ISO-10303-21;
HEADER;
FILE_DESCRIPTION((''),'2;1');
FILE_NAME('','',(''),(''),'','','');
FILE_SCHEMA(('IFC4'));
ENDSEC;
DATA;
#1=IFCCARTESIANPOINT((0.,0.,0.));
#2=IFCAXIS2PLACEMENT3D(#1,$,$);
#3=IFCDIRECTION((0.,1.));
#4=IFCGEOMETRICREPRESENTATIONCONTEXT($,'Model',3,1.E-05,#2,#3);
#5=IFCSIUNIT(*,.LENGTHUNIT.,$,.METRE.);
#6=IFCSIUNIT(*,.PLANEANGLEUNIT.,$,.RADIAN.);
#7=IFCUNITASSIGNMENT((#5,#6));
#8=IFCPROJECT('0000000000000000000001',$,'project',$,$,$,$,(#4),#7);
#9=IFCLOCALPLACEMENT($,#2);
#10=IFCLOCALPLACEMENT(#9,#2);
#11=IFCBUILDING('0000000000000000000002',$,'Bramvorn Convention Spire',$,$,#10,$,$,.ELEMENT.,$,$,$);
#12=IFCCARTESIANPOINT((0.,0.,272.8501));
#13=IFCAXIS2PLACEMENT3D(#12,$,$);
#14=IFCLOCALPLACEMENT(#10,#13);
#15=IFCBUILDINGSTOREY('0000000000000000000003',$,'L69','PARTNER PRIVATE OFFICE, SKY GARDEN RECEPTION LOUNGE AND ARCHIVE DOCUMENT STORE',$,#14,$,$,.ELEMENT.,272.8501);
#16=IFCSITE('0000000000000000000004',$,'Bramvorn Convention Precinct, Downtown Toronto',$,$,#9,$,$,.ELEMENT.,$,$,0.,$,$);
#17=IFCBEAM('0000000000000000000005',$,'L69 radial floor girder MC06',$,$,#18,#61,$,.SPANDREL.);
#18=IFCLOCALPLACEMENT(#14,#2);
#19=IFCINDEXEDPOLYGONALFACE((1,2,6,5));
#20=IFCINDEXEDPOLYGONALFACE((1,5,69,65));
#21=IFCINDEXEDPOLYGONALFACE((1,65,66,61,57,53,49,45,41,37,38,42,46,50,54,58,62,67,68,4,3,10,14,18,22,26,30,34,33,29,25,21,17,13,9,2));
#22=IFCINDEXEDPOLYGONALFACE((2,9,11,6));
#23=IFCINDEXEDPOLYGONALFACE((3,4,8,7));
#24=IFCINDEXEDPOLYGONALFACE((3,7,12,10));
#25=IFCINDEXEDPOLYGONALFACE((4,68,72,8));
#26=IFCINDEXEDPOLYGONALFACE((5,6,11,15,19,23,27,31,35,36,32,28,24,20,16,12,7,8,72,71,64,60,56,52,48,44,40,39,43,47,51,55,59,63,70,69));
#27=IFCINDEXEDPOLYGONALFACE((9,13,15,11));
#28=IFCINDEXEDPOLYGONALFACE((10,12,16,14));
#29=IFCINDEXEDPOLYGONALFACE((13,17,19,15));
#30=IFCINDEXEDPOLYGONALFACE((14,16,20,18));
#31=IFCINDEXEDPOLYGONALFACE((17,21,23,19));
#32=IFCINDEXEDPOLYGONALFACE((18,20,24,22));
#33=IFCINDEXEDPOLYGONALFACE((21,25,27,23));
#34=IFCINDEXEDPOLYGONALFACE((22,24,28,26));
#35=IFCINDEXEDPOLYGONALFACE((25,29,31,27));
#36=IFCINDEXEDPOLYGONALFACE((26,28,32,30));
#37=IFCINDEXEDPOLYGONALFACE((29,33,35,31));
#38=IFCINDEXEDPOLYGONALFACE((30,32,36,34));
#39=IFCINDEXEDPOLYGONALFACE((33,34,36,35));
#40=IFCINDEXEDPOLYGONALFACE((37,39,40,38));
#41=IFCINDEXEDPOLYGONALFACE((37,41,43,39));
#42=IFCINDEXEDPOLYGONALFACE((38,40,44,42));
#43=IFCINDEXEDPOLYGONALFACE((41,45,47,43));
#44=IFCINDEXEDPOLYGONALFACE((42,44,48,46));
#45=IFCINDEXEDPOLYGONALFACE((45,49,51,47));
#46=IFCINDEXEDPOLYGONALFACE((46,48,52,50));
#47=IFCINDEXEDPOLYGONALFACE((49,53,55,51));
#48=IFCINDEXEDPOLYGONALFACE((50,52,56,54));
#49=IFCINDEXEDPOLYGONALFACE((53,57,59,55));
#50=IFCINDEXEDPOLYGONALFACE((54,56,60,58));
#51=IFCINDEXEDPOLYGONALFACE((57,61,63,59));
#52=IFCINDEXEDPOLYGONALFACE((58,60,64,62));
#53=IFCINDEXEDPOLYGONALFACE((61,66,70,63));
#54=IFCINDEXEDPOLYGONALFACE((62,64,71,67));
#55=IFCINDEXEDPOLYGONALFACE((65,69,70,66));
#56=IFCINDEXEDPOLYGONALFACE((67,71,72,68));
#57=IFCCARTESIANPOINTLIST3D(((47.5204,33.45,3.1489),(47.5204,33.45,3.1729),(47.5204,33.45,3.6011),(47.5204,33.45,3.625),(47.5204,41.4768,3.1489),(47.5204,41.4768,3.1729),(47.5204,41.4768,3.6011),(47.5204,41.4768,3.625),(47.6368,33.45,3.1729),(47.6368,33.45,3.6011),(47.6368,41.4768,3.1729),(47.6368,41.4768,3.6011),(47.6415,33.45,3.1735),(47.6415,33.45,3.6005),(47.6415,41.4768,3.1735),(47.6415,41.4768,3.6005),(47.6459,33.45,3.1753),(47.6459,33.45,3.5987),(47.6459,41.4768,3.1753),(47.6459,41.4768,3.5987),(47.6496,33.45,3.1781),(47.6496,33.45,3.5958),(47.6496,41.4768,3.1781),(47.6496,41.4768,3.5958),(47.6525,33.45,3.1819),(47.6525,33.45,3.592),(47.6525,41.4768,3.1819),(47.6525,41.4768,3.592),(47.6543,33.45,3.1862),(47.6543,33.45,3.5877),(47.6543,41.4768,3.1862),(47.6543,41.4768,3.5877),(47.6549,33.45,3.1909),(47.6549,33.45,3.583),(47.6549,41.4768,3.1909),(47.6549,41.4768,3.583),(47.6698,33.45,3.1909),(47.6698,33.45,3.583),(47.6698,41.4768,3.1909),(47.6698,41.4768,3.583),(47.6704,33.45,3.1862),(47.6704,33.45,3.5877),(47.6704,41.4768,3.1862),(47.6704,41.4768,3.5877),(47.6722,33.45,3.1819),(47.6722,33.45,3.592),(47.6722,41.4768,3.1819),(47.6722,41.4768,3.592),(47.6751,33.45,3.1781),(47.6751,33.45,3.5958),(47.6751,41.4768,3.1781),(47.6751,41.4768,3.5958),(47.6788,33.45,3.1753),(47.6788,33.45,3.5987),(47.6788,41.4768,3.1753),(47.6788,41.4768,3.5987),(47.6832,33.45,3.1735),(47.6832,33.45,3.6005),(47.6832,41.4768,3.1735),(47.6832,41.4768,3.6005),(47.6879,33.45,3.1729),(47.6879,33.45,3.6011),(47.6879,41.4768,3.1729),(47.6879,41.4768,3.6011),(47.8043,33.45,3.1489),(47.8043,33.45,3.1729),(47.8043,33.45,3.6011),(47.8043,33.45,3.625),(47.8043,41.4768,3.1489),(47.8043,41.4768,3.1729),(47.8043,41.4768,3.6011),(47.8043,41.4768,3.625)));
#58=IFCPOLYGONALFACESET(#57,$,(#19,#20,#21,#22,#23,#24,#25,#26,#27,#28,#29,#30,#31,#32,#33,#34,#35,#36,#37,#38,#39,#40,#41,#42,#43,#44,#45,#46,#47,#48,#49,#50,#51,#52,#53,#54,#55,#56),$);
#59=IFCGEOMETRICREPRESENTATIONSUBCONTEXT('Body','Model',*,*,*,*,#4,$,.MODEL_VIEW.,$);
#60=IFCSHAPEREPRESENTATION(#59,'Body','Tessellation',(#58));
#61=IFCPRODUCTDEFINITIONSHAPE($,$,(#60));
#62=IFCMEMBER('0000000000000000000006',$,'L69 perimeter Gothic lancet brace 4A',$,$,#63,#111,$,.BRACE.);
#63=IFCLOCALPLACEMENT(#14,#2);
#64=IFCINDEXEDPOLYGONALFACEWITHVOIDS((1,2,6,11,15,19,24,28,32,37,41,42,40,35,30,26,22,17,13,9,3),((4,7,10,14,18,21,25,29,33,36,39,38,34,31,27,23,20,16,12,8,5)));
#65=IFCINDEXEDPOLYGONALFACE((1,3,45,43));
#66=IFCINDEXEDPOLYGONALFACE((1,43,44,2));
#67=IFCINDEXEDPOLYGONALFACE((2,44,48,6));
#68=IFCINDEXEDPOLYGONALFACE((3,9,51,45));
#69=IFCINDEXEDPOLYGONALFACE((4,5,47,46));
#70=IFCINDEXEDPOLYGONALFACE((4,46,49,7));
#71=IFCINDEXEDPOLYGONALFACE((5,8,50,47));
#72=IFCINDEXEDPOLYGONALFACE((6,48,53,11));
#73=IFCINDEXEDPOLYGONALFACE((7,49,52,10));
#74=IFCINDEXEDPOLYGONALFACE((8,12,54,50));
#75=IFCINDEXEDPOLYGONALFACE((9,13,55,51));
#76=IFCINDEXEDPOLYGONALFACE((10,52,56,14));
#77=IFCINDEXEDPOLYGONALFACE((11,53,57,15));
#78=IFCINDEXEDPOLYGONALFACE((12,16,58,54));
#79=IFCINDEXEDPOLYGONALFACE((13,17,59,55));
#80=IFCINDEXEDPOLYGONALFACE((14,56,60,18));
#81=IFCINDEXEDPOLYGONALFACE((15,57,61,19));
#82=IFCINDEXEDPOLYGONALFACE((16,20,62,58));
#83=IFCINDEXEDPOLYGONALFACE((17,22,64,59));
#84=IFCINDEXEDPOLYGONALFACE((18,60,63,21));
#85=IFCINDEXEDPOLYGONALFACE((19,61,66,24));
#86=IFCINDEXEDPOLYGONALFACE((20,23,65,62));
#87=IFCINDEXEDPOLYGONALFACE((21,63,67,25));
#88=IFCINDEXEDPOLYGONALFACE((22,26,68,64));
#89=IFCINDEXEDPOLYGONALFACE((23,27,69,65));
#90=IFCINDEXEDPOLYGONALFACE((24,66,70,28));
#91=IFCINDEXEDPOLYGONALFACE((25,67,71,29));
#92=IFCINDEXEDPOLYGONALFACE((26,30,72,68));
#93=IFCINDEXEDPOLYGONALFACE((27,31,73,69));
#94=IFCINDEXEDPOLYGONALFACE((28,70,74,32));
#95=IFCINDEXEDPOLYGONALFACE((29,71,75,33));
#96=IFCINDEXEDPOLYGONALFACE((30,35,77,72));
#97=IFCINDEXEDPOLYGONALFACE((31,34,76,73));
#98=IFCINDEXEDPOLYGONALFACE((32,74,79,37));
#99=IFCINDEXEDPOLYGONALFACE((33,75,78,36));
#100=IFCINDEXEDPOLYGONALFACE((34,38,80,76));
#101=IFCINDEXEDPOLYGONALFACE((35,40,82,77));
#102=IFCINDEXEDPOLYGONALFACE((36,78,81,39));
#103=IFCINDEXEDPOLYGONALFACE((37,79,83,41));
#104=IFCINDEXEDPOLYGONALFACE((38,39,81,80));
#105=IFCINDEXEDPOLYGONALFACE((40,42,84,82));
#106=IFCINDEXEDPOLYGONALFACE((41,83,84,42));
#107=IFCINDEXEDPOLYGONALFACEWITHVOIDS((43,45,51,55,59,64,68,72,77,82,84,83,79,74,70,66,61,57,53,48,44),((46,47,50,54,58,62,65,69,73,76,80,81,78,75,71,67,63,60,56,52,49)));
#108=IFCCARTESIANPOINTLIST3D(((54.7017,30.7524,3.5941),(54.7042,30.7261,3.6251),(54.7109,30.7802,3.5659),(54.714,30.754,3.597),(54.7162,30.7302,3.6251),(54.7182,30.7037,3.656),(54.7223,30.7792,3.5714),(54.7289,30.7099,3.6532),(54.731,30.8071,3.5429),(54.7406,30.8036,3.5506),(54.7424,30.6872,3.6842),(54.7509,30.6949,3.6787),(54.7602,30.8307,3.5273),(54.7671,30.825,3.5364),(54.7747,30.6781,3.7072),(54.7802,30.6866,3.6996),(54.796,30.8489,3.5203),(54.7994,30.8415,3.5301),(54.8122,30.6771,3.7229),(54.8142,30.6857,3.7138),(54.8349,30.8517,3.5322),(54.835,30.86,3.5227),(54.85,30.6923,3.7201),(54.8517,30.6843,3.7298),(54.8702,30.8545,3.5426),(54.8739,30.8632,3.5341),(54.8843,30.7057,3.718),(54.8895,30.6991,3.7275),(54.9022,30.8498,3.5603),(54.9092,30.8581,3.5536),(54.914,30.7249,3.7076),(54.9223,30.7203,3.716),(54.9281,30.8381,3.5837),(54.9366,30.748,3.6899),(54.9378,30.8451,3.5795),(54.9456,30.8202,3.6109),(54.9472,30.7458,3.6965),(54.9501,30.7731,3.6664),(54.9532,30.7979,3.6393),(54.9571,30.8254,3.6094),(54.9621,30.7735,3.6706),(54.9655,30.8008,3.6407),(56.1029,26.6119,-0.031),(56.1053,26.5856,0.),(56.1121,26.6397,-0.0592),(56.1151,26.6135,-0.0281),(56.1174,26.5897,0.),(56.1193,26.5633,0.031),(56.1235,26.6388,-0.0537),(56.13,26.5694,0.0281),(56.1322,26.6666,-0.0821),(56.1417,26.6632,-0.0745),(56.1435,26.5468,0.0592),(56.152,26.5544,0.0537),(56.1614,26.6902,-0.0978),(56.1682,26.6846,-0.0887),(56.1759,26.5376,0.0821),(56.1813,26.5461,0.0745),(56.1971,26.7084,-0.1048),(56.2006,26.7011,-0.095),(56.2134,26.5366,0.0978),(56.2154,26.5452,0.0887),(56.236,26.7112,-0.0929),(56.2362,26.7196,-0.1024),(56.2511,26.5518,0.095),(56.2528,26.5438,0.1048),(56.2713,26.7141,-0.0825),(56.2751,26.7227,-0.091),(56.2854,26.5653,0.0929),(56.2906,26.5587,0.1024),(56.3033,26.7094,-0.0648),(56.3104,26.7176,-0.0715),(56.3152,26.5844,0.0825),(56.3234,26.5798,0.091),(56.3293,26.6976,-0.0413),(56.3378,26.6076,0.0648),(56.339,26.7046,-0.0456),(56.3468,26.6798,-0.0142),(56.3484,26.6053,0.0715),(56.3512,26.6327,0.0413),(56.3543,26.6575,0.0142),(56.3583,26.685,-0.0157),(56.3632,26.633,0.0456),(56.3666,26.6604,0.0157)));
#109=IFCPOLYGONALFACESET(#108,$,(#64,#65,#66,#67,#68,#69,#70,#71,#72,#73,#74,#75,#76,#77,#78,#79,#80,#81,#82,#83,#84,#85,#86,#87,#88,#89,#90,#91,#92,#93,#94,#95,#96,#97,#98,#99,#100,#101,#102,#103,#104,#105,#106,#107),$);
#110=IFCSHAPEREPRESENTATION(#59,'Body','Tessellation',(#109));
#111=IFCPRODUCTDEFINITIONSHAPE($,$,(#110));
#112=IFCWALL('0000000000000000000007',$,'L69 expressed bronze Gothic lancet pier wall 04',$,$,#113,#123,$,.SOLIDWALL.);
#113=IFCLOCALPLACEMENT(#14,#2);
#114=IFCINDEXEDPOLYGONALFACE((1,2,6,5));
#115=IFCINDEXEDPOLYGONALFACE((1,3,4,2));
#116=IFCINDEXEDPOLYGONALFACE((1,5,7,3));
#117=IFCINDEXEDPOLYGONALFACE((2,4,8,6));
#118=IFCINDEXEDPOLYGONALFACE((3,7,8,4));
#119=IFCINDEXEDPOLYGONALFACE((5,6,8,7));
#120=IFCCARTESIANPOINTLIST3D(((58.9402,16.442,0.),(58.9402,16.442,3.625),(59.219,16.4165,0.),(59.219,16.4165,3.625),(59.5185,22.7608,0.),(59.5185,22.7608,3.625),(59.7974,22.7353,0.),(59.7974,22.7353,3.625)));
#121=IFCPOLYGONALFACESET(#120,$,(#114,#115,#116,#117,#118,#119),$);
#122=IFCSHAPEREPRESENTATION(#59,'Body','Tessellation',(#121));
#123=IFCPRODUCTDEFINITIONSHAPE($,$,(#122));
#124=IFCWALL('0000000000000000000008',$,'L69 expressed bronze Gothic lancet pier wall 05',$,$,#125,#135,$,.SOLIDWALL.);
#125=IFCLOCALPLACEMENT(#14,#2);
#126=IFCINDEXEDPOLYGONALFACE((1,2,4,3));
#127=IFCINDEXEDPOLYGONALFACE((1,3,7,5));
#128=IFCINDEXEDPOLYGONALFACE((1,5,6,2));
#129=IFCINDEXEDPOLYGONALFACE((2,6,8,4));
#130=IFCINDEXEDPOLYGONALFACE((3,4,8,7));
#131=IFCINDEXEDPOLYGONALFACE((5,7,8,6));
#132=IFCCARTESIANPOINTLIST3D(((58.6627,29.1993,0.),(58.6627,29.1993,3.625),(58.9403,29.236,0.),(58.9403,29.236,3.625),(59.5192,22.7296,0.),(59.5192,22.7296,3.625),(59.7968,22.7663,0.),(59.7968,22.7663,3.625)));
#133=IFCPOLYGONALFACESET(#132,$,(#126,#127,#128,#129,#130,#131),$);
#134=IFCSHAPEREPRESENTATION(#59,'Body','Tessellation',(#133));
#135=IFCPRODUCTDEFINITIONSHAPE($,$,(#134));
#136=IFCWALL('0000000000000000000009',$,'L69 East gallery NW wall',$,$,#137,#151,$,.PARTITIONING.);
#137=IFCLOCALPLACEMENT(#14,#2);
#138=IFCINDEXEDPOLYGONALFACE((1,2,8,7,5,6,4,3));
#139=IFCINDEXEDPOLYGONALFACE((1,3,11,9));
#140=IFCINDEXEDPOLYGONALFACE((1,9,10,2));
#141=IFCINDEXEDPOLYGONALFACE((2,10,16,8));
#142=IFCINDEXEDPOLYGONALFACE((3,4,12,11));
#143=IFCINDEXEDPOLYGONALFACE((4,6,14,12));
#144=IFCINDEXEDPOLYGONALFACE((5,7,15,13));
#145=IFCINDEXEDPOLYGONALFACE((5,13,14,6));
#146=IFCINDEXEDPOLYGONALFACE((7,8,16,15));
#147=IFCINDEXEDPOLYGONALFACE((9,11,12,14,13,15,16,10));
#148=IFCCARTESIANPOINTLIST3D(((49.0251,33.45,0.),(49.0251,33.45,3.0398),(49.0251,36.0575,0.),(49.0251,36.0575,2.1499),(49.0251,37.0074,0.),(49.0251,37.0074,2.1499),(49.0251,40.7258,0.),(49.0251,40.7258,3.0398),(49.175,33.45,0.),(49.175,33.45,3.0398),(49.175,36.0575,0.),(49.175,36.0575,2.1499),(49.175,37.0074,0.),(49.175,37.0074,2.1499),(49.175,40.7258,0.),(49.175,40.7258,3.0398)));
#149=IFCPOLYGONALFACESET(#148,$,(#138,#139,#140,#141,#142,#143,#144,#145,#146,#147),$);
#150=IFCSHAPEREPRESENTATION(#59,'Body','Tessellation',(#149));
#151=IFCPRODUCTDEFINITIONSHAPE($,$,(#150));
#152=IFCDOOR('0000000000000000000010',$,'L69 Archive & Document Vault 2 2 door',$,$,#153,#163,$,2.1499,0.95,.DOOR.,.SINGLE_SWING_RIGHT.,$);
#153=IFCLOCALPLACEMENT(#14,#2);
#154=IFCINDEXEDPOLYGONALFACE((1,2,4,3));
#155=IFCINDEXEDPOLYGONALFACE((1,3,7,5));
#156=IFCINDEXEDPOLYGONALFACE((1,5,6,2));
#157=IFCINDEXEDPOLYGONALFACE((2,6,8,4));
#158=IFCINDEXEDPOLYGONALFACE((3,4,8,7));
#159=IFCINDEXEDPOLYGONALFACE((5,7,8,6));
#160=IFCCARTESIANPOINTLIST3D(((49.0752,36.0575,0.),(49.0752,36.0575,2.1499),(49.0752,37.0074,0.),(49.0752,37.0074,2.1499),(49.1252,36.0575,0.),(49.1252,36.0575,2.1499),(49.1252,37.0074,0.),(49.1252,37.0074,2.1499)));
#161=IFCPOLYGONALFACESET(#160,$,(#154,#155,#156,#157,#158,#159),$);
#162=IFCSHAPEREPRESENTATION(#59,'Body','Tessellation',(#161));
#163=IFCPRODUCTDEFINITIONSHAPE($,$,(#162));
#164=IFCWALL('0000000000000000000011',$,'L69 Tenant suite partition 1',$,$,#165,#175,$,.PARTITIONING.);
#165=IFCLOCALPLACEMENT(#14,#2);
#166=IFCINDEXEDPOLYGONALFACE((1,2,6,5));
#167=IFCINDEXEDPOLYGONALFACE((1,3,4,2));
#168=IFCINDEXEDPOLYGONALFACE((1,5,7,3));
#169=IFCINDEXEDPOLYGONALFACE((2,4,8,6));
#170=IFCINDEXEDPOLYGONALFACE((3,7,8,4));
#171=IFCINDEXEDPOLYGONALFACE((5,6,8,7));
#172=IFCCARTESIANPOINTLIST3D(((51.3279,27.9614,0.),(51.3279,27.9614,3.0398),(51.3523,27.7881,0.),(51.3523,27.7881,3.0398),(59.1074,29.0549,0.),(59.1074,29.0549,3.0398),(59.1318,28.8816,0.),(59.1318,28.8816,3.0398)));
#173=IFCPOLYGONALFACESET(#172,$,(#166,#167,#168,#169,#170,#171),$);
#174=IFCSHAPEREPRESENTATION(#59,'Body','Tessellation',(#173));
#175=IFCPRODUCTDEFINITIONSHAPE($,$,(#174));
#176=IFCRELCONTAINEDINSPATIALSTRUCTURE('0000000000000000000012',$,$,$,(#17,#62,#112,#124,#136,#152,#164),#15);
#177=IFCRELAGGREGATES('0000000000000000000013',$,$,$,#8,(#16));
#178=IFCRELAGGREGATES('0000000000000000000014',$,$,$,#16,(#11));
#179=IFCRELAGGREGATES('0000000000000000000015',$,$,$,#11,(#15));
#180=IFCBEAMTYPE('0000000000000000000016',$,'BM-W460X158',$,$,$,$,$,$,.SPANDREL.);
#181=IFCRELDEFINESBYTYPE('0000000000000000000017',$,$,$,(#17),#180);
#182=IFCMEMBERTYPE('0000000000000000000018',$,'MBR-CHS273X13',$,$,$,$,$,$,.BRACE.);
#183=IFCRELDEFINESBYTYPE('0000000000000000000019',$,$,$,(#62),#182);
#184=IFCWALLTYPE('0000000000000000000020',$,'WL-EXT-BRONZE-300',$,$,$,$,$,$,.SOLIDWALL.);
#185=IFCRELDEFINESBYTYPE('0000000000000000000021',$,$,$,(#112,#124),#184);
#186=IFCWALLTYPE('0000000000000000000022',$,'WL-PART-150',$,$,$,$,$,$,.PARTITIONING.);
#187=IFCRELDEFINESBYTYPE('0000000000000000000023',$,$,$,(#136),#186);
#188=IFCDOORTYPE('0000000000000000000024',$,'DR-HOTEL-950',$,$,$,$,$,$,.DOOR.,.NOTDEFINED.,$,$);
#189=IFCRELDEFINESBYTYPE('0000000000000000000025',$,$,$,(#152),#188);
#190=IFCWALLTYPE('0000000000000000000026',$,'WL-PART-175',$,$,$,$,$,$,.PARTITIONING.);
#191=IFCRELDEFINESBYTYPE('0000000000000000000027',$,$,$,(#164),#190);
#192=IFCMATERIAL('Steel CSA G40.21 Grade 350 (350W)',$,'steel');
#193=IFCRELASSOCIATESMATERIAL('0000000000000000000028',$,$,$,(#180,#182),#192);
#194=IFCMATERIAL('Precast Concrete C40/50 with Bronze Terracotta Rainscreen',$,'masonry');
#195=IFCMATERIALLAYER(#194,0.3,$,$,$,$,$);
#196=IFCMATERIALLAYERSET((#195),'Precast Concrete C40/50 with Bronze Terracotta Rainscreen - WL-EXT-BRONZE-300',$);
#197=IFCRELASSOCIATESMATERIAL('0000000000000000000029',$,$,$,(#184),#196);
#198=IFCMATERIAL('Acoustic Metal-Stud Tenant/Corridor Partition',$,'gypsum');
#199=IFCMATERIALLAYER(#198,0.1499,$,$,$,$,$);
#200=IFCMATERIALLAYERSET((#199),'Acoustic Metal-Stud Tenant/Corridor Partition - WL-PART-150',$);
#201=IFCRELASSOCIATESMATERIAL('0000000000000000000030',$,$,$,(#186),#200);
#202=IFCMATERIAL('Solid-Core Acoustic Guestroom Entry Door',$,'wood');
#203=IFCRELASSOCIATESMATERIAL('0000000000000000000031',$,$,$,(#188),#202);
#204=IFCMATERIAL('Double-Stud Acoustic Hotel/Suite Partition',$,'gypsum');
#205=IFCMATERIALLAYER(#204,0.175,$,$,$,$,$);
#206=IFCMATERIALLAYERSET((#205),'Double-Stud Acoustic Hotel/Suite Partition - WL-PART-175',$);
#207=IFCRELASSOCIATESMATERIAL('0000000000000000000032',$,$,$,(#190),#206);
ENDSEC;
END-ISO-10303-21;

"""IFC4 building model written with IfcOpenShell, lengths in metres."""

from ifc_helpers import new_model, si_unit, direction, frame, frame_2d, origin, origin_2d, place, context, subcontext, project, spatial, rectangle, hollow_circle, i_section, extrude, material, layer, layer_set, material_profile, profile_set, type_object, element, fill, save


model = new_model("IFC4")

# Units and contexts
model_context = context("Model", 3, precision=1e-05, world=origin(), true_north=direction((0.0, 1.0)))
body_context = subcontext(model_context, "Body", "Model", "MODEL_VIEW")
ifc_project = project(units=[si_unit("LENGTHUNIT", "METRE"), si_unit("PLANEANGLEUNIT", "RADIAN")], contexts=[model_context])

# Site, building, storey
site_placement = place(None, origin())
site = spatial("IfcSite", under=ifc_project, at=site_placement, Name="Bramvorn Convention Precinct, Downtown Toronto", CompositionType="ELEMENT", RefElevation=0.0)
building_placement = place(site_placement, origin())
building = spatial("IfcBuilding", under=site, at=building_placement, Name="Bramvorn Convention Spire", CompositionType="ELEMENT")
storey_placement = place(building_placement, frame((0.0, 0.0, 272.8501)))
storey = spatial("IfcBuildingStorey", under=building, at=storey_placement, Name="L69", Description="PARTNER PRIVATE OFFICE, SKY GARDEN RECEPTION LOUNGE AND ARCHIVE DOCUMENT STORE", CompositionType="ELEMENT", Elevation=272.8501)

# Shared definitions
ifc_material_1 = material(Name="Steel CSA G40.21 Grade 350 (350W)", Category="steel")

# Beam
ifc_material_profile_1 = material_profile(ifc_material_1, i_section(OverallWidth=0.2839, OverallDepth=0.4761, WebThickness=0.0149, FlangeThickness=0.0239, FilletRadius=0.0181, at=origin_2d()))
ifc_profile_set_1 = profile_set([ifc_material_profile_1], Name="Steel CSA G40.21 Grade 350 (350W) - W460X158")
beam_type_1 = type_object("IfcBeamType", Name="BM-W460X158", PredefinedType="SPANDREL", material=ifc_profile_set_1)
beam_1_placement = place(storey_placement, frame((47.6624, 33.45, 3.387), z_axis=(0.0, 1.0, 0.0), x_axis=(-1.0, 0.0, 0.0)))
element("IfcBeam", 1, at=beam_1_placement, inside=storey, type_object=beam_type_1, Name="L69 radial floor girder MC06", PredefinedType="SPANDREL", context=body_context, shape_type="SweptSolid", body=[
    extrude(i_section(OverallWidth=0.2839, OverallDepth=0.4761, WebThickness=0.0149, FlangeThickness=0.0239, FilletRadius=0.0181, at=origin_2d()), origin(), (0.0, 0.0, 1.0), 8.0269),
])

# Member
ifc_material_profile_2 = material_profile(ifc_material_1, hollow_circle(Radius=0.1365, WallThickness=0.0127, at=origin_2d()))
ifc_profile_set_2 = profile_set([ifc_material_profile_2], Name="Steel CSA G40.21 Grade 350 (350W) - CHS273X13")
member_type = type_object("IfcMemberType", Name="MBR-CHS273X13", PredefinedType="BRACE", material=ifc_profile_set_2)
member_placement = place(storey_placement, frame((56.2346, 26.6294, 0.0), z_axis=(-0.246737, 0.72912, 0.638361), x_axis=(-0.947232, -0.320548, 0.0)))
element("IfcMember", 2, at=member_placement, inside=storey, type_object=member_type, Name="L69 perimeter Gothic lancet brace 4A", PredefinedType="BRACE", context=body_context, shape_type="SweptSolid", body=[
    extrude(hollow_circle(Radius=0.1365, WallThickness=0.0127, at=origin_2d()), origin(), (0.0, 0.0, 1.0), 5.6787),
])

# Walls
ifc_material_2 = material(Name="Precast Concrete C40/50 with Bronze Terracotta Rainscreen", Category="masonry")
ifc_layer_1 = layer(ifc_material_2, 0.3)
ifc_layer_set_1 = layer_set([ifc_layer_1], Name="Precast Concrete C40/50 with Bronze Terracotta Rainscreen - WL-EXT-BRONZE-300")
wall_type_1 = type_object("IfcWallType", Name="WL-EXT-BRONZE-300", PredefinedType="SOLIDWALL", material=ifc_layer_set_1)
wall_1_placement = place(storey_placement, frame((59.658, 22.748, 0.0), z_axis=(0.0, 0.0, 1.0), x_axis=(-0.09115, -0.995837, 0.0)))
element("IfcWall", 3, at=wall_1_placement, inside=storey, type_object=wall_type_1, Name="L69 expressed bronze Gothic lancet pier wall 04", PredefinedType="SOLIDWALL", context=body_context, shape_type="SweptSolid", body=[
    extrude(rectangle(XDim=6.3452, YDim=0.28, at=frame_2d((3.1726, 0.0))), origin(), (0.0, 0.0, 1.0), 3.625),
])
wall_2_placement = place(storey_placement, frame((58.8015, 29.2178, 0.0), z_axis=(0.0, 0.0, 1.0), x_axis=(0.131233, -0.991352, 0.0)))
element("IfcWall", 4, at=wall_2_placement, inside=storey, type_object=wall_type_1, Name="L69 expressed bronze Gothic lancet pier wall 05", PredefinedType="SOLIDWALL", context=body_context, shape_type="SweptSolid", body=[
    extrude(rectangle(XDim=6.5261, YDim=0.28, at=frame_2d((3.2632, 0.0))), origin(), (0.0, 0.0, 1.0), 3.625),
])

# Wall, opening, door
ifc_material_3 = material(Name="Acoustic Metal-Stud Tenant/Corridor Partition", Category="gypsum")
ifc_layer_2 = layer(ifc_material_3, 0.1499)
ifc_layer_set_2 = layer_set([ifc_layer_2], Name="Acoustic Metal-Stud Tenant/Corridor Partition - WL-PART-150")
wall_type_2 = type_object("IfcWallType", Name="WL-PART-150", PredefinedType="PARTITIONING", material=ifc_layer_set_2)
wall_3_placement = place(storey_placement, frame((49.1001, 33.45, 0.0), z_axis=(0.0, 0.0, 1.0), x_axis=(0.0, 1.0, 0.0)))
wall_3 = element("IfcWall", 5, at=wall_3_placement, inside=storey, type_object=wall_type_2, Name="L69 East gallery NW wall", PredefinedType="PARTITIONING", context=body_context, shape_type="SweptSolid", body=[
    extrude(rectangle(XDim=7.2759, YDim=0.1499, at=frame_2d((3.6379, 0.0))), origin(), (0.0, 0.0, 1.0), 3.0398),
])
opening_placement = place(wall_3_placement, frame((2.6074, 0.0, 0.0)))
opening = element("IfcOpeningElement", 6, at=opening_placement, cuts=wall_3, PredefinedType="OPENING", context=body_context, shape_type="SweptSolid", body=[
    extrude(rectangle(XDim=0.95, YDim=2.1499, at=frame_2d((0.4751, 1.075))), frame((0.0, 0.085, 0.0), z_axis=(0.0, -1.0, 0.0), x_axis=(1.0, 0.0, 0.0)), (0.0, 0.0, 1.0), 0.1699),
])
ifc_material_4 = material(Name="Solid-Core Acoustic Guestroom Entry Door", Category="wood")
door_type = type_object("IfcDoorType", Name="DR-HOTEL-950", OperationType="NOTDEFINED", PredefinedType="DOOR", material=ifc_material_4)
door_placement = place(opening_placement, origin())
door = element("IfcDoor", 7, at=door_placement, inside=storey, type_object=door_type, Name="L69 Archive & Document Vault 2 2 door", OperationType="SINGLE_SWING_RIGHT", OverallHeight=2.1499, OverallWidth=0.95, PredefinedType="DOOR", context=body_context, shape_type="SweptSolid", body=[
    extrude(rectangle(XDim=0.95, YDim=2.1499, at=frame_2d((0.4751, 1.075))), frame((0.0, 0.0249, 0.0), z_axis=(0.0, -1.0, 0.0), x_axis=(1.0, 0.0, 0.0)), (0.0, 0.0, 1.0), 0.05),
])
fill(opening, door)

# Wall
ifc_material_5 = material(Name="Double-Stud Acoustic Hotel/Suite Partition", Category="gypsum")
ifc_layer_3 = layer(ifc_material_5, 0.175)
ifc_layer_set_3 = layer_set([ifc_layer_3], Name="Double-Stud Acoustic Hotel/Suite Partition - WL-PART-175")
wall_type_3 = type_object("IfcWallType", Name="WL-PART-175", PredefinedType="PARTITIONING", material=ifc_layer_set_3)
wall_4_placement = place(storey_placement, frame((51.3401, 27.8748, 0.0), z_axis=(0.0, 0.0, 1.0), x_axis=(0.990265, 0.139193, 0.0)))
element("IfcWall", 8, at=wall_4_placement, inside=storey, type_object=wall_type_3, Name="L69 Tenant suite partition 1", PredefinedType="PARTITIONING", context=body_context, shape_type="SweptSolid", body=[
    extrude(rectangle(XDim=7.856, YDim=0.175, at=frame_2d((3.928, 0.0))), origin(), (0.0, 0.0, 1.0), 3.0398),
])

save(model, "model.ifc")
